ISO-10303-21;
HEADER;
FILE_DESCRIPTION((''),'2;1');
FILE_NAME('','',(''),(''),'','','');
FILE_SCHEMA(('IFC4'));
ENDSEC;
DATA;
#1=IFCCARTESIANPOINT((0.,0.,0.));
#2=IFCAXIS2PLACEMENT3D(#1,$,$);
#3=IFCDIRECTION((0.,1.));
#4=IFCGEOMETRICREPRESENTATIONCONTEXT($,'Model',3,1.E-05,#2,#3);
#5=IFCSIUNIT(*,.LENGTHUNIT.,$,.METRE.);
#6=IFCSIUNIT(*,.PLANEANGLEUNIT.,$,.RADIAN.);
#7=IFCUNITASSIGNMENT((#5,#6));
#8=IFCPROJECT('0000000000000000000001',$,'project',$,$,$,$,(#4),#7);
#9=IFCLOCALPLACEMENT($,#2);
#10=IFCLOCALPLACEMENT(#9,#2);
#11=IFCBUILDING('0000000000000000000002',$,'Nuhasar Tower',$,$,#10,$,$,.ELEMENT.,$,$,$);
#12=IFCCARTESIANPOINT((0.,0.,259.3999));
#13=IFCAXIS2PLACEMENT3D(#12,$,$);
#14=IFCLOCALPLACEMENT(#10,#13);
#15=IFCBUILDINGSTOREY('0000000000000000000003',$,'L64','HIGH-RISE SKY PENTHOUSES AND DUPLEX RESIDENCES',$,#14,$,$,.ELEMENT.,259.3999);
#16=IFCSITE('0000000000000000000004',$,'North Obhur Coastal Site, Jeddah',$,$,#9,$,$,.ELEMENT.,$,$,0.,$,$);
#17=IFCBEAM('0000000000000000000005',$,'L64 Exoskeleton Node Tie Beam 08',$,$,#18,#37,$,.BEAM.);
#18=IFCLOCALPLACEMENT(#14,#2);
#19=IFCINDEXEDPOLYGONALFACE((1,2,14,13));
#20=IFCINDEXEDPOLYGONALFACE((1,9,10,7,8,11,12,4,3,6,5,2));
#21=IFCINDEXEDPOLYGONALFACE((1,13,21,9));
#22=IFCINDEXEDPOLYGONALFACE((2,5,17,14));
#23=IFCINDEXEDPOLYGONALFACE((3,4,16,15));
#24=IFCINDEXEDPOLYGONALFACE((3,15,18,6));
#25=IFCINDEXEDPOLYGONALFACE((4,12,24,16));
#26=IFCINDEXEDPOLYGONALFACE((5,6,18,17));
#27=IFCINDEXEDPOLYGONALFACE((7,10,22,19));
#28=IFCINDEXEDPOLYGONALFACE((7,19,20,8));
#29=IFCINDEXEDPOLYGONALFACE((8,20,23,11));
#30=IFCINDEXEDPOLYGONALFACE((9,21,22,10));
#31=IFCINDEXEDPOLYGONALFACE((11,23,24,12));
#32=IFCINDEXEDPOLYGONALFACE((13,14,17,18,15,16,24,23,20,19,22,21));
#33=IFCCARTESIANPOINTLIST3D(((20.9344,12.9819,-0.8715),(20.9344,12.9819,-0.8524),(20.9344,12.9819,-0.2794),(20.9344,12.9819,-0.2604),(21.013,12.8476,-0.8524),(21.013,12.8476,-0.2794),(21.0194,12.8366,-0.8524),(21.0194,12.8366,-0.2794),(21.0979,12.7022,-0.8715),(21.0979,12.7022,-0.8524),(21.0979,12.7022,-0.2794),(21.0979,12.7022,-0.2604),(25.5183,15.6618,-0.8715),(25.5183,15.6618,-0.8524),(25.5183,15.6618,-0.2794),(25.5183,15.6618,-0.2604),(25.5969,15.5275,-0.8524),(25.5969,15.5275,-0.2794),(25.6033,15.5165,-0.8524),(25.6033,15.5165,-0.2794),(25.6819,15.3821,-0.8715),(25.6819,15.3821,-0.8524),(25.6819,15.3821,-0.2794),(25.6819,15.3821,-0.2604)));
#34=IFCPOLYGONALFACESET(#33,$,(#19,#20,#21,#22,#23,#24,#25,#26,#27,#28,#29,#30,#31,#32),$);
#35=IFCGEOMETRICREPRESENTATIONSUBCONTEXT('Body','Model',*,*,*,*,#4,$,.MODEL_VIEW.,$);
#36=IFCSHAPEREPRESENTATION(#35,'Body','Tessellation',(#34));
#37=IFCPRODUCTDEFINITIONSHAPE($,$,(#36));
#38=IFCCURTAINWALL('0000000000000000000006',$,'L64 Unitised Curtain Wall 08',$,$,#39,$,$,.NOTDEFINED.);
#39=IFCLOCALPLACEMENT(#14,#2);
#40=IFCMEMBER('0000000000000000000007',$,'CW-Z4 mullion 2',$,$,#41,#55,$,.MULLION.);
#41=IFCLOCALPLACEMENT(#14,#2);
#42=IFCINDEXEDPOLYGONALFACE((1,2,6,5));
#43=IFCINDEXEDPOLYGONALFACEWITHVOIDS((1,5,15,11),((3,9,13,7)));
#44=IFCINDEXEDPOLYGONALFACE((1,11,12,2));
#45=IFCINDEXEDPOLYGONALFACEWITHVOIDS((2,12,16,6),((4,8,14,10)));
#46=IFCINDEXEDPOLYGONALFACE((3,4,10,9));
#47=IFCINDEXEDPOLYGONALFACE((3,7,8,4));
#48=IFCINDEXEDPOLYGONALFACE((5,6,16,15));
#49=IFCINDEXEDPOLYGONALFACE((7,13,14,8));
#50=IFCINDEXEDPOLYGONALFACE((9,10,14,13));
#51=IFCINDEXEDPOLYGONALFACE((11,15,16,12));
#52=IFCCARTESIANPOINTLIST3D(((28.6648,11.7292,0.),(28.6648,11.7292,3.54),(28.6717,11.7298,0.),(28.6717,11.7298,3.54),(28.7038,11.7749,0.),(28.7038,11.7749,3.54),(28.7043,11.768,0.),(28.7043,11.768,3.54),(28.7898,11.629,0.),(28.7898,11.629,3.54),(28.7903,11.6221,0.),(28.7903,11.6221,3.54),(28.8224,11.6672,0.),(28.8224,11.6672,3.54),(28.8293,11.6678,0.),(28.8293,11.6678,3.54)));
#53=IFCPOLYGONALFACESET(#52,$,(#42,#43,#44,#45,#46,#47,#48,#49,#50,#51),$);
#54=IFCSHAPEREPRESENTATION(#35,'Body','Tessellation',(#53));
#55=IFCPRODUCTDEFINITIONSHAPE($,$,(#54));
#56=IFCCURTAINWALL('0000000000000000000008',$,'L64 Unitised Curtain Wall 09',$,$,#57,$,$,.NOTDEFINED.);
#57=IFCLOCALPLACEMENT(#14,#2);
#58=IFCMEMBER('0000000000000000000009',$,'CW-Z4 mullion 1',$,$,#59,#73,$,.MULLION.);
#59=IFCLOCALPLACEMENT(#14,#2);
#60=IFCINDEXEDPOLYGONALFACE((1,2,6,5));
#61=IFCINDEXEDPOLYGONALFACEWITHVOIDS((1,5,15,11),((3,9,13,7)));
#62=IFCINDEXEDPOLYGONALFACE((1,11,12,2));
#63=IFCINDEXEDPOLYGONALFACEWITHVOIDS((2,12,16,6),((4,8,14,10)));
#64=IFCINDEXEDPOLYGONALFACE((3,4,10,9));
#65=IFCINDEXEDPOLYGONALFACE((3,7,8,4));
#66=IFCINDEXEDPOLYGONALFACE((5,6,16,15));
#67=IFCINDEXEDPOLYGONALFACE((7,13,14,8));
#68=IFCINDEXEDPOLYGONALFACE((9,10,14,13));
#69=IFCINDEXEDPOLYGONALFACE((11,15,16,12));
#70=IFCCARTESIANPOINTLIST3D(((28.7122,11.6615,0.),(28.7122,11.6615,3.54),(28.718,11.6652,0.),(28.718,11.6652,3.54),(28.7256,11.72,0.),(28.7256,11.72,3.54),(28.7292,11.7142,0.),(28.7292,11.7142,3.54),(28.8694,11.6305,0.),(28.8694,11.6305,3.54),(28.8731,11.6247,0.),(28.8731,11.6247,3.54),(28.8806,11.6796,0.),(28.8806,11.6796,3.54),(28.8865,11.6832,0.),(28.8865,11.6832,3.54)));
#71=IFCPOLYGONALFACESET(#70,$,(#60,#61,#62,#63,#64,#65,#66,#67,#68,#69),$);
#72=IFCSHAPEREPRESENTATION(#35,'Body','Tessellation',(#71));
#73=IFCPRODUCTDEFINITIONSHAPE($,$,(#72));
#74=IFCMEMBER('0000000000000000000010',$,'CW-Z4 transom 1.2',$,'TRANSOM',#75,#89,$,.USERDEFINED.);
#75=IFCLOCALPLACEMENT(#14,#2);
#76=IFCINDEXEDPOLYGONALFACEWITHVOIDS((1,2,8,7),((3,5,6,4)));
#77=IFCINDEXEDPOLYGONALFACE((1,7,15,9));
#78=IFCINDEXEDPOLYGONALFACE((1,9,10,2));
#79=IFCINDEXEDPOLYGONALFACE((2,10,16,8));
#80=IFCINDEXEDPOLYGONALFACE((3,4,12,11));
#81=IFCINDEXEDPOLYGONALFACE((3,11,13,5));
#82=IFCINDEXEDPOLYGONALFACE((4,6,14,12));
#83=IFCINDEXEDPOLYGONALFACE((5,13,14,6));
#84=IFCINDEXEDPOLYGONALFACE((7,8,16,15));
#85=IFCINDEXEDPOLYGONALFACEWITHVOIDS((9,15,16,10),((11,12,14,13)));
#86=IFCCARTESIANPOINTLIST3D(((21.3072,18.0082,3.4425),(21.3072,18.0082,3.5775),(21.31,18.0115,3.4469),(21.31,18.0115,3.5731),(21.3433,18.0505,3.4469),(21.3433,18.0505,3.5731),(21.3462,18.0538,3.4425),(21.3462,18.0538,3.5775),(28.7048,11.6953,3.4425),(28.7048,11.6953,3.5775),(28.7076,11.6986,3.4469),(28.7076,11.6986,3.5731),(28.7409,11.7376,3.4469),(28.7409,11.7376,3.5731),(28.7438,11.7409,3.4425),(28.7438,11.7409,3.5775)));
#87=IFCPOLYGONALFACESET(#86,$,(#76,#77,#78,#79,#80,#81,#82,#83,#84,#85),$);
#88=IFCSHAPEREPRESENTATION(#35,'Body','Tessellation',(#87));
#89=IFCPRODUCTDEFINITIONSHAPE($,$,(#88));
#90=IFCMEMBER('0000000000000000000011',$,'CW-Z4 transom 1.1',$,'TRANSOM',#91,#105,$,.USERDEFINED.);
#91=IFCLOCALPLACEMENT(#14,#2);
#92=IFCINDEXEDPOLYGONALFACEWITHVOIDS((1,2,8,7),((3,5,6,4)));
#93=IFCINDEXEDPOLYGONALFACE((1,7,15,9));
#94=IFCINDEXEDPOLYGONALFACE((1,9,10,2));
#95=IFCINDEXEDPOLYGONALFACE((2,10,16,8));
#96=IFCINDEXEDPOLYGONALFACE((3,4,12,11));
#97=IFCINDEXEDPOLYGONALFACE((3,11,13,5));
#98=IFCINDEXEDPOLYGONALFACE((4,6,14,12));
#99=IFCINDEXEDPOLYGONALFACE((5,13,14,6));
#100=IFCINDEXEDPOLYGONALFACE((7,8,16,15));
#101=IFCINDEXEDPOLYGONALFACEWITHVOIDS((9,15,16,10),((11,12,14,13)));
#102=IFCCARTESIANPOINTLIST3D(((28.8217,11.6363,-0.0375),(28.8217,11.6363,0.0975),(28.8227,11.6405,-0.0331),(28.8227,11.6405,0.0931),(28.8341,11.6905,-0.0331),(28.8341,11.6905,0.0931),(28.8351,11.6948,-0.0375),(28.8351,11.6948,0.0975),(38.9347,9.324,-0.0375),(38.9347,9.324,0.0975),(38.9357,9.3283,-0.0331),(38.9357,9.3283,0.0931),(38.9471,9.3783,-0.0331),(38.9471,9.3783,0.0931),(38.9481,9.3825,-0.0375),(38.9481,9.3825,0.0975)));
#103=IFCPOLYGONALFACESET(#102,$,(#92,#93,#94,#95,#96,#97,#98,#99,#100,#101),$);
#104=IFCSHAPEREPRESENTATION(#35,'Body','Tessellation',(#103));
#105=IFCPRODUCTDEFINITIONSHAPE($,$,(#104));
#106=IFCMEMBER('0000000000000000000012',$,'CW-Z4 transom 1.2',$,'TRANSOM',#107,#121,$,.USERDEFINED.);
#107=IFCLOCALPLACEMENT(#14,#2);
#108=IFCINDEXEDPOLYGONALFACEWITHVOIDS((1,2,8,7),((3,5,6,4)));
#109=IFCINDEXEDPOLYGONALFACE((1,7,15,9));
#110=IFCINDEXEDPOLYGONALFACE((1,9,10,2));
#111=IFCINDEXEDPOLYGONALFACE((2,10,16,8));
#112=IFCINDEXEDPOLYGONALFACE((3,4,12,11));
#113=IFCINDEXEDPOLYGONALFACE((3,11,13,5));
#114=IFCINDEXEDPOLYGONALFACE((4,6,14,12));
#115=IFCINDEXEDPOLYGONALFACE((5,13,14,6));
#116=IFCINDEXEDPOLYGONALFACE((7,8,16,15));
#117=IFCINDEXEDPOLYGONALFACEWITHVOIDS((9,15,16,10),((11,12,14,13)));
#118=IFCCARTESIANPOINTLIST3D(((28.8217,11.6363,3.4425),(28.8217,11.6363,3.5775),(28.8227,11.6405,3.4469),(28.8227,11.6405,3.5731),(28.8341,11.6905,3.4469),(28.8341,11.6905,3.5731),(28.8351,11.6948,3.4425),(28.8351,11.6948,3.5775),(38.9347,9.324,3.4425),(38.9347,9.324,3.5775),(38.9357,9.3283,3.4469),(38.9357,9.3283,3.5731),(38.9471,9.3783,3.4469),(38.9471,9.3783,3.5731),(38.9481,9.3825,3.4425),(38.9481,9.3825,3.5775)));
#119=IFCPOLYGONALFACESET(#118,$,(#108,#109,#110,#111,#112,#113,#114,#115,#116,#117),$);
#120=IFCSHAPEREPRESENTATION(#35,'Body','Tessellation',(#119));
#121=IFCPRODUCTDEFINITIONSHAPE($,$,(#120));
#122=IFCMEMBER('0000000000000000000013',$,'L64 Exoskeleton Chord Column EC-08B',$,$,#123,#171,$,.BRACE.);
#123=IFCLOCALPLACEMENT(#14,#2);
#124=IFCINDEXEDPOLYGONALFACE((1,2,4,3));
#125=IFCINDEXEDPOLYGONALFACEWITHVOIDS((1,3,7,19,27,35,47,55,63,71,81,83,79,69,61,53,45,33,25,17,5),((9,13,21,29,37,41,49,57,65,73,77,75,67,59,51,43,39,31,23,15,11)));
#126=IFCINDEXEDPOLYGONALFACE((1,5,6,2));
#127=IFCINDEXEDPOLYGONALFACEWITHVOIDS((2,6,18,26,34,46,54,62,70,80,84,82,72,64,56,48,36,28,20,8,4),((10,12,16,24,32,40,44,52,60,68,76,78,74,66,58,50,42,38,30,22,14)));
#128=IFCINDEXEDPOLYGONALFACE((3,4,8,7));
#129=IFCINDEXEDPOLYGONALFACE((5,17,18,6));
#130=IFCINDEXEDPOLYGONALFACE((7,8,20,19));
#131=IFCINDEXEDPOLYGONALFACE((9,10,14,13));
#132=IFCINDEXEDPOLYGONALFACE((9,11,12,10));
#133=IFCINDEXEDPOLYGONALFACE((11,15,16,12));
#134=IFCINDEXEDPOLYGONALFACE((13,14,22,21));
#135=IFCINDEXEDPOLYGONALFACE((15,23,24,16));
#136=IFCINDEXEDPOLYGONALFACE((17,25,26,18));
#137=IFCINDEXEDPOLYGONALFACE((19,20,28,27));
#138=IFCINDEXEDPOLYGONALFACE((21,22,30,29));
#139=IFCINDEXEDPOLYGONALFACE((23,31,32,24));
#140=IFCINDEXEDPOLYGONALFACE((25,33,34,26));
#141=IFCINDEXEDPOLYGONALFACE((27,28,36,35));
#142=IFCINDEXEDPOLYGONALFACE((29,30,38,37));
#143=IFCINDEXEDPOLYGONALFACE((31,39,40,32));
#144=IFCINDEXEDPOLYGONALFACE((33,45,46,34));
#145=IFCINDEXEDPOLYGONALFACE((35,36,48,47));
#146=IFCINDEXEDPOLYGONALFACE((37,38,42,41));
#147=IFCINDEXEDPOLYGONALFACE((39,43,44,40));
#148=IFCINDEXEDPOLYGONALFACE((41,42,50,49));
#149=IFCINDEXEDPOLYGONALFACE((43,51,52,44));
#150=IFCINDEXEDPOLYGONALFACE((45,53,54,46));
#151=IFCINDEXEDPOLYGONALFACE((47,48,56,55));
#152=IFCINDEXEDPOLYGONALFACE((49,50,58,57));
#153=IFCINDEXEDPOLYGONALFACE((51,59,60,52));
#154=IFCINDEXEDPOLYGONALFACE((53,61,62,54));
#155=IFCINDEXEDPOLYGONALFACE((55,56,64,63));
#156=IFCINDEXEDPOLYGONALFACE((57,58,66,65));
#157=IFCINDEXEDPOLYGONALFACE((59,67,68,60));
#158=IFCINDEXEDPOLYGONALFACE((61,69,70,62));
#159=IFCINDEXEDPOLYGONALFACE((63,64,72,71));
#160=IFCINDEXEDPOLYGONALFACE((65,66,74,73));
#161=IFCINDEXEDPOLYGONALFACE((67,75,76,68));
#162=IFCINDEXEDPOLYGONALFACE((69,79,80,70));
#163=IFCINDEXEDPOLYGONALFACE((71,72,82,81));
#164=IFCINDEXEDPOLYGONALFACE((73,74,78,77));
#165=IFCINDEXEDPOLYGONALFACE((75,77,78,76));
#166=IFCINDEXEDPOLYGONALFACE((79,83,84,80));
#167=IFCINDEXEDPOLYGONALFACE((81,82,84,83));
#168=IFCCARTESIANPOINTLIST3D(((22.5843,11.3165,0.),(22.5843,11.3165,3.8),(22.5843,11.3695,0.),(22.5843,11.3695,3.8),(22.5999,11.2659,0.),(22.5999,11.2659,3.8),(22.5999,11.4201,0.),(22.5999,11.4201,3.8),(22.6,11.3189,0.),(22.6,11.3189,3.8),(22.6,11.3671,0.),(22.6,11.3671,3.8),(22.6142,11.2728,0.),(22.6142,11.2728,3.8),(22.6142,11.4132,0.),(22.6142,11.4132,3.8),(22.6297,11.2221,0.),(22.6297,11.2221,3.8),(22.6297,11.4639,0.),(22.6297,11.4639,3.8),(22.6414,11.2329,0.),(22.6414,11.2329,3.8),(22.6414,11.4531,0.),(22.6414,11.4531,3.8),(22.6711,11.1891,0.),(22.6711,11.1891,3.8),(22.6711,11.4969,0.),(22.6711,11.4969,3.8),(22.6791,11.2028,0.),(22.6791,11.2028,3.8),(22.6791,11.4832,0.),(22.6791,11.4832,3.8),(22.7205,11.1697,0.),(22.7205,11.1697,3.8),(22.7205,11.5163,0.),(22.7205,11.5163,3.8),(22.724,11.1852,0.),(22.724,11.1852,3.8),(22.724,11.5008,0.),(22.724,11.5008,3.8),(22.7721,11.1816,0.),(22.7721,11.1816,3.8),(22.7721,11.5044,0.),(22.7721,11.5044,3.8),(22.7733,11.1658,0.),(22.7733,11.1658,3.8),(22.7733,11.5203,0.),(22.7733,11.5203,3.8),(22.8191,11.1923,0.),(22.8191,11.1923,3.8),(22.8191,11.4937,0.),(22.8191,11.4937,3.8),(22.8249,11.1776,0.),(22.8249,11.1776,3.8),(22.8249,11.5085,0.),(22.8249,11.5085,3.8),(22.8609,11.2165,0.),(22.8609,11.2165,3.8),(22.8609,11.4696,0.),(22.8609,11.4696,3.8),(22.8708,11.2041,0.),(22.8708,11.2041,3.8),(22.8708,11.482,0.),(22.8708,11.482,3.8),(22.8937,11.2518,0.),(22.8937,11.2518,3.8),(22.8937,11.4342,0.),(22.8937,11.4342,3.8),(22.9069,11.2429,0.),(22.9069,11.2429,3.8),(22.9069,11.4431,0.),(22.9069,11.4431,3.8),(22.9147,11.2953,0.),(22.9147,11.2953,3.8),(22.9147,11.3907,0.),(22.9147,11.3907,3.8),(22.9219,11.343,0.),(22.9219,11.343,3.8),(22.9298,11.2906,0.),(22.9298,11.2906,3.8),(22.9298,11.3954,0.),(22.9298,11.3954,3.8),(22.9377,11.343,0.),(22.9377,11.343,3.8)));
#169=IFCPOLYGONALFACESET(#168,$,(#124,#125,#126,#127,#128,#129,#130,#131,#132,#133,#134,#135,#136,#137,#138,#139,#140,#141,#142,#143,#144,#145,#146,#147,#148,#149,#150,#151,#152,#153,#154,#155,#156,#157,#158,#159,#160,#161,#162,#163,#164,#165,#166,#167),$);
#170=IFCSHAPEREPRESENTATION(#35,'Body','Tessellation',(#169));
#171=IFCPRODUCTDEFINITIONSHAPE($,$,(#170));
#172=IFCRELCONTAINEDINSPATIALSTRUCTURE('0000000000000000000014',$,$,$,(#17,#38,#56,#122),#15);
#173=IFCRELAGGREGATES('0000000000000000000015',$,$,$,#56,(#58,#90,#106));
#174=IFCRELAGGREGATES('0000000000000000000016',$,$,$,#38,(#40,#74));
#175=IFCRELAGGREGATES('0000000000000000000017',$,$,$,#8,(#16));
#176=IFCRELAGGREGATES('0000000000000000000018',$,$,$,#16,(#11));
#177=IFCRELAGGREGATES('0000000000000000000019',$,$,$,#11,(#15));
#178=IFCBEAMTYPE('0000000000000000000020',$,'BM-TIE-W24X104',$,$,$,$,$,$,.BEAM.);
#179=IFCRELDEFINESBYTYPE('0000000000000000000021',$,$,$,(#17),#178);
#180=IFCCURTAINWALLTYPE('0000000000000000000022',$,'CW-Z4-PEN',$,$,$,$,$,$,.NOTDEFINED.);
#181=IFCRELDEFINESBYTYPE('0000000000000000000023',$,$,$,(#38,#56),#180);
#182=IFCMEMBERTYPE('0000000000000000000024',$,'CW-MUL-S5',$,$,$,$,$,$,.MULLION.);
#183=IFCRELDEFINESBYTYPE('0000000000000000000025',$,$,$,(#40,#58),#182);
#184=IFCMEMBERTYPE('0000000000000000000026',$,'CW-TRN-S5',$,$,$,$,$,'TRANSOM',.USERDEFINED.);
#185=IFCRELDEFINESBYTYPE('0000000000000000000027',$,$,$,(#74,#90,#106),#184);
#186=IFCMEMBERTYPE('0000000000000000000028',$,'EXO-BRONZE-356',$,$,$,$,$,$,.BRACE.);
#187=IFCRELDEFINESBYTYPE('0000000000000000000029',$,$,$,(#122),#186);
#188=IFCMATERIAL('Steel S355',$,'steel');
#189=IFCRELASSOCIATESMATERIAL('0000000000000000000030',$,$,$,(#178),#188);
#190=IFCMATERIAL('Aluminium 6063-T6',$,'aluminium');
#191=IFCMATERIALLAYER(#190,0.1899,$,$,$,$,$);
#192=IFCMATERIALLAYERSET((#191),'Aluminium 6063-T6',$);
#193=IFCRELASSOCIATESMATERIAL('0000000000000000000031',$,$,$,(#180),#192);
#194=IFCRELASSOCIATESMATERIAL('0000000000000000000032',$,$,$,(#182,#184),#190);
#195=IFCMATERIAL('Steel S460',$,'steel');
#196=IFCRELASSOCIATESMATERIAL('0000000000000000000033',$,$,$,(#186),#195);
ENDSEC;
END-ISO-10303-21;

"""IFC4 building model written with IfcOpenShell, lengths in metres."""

from ifc_helpers import new_model, si_unit, direction, frame, origin, origin_2d, place, context, subcontext, project, spatial, hollow_rectangle, hollow_circle, i_section, extrude, material, layer, layer_set, material_profile, profile_set, type_object, element, aggregate, save


model = new_model("IFC4")

# Units and contexts
model_context = context("Model", 3, precision=1e-05, world=origin(), true_north=direction((0.0, 1.0)))
body_context = subcontext(model_context, "Body", "Model", "MODEL_VIEW")
ifc_project = project(units=[si_unit("LENGTHUNIT", "METRE"), si_unit("PLANEANGLEUNIT", "RADIAN")], contexts=[model_context])

# Site, building, storey
site_placement = place(None, origin())
site = spatial("IfcSite", under=ifc_project, at=site_placement, Name="North Obhur Coastal Site, Jeddah", CompositionType="ELEMENT", RefElevation=0.0)
building_placement = place(site_placement, origin())
building = spatial("IfcBuilding", under=site, at=building_placement, Name="Nuhasar Tower", CompositionType="ELEMENT")
storey_placement = place(building_placement, frame((0.0, 0.0, 259.3999)))
storey = spatial("IfcBuildingStorey", under=building, at=storey_placement, Name="L64", Description="HIGH-RISE SKY PENTHOUSES AND DUPLEX RESIDENCES", CompositionType="ELEMENT", Elevation=259.3999)

# Beam
ifc_material_1 = material(Name="Steel S355", Category="steel")
ifc_material_profile_1 = material_profile(ifc_material_1, i_section(OverallWidth=0.324, OverallDepth=0.6111, WebThickness=0.0127, FlangeThickness=0.019, at=origin_2d()), Name="W24X104")
ifc_profile_set_1 = profile_set([ifc_material_profile_1], Name="Steel S355")
beam_type_1 = type_object("IfcBeamType", Name="BM-TIE-W24X104", PredefinedType="BEAM", material=ifc_profile_set_1)
beam_1_placement = place(storey_placement, frame((25.6001, 15.522, -0.5659), z_axis=(-0.863292, -0.504706, 0.0), x_axis=(0.504706, -0.863292, 0.0)))
element("IfcBeam", 1, at=beam_1_placement, inside=storey, type_object=beam_type_1, Name="L64 Exoskeleton Node Tie Beam 08", PredefinedType="BEAM", context=body_context, shape_type="SweptSolid", body=[
    extrude(i_section(OverallWidth=0.324, OverallDepth=0.6111, WebThickness=0.0127, FlangeThickness=0.019, at=origin_2d()), origin(), (0.0, 0.0, 1.0), 5.3098),
])

# Curtain walls, members
ifc_material_2 = material(Name="Aluminium 6063-T6", Category="aluminium")
ifc_layer_1 = layer(ifc_material_2, 0.1899)
ifc_layer_set_1 = layer_set([ifc_layer_1], Name="Aluminium 6063-T6")
curtain_wall_type = type_object("IfcCurtainWallType", Name="CW-Z4-PEN", PredefinedType="NOTDEFINED", material=ifc_layer_set_1)
curtain_wall_1_placement = place(storey_placement, origin())
curtain_wall_1 = element("IfcCurtainWall", 2, at=curtain_wall_1_placement, inside=storey, type_object=curtain_wall_type, Name="L64 Unitised Curtain Wall 08", PredefinedType="NOTDEFINED")
ifc_material_profile_2 = material_profile(ifc_material_2, hollow_rectangle(XDim=0.0601, YDim=0.165, WallThickness=0.0049, at=origin_2d()), Name="CWM-5")
ifc_profile_set_2 = profile_set([ifc_material_profile_2], Name="Aluminium 6063-T6")
member_type_1 = type_object("IfcMemberType", Name="CW-MUL-S5", PredefinedType="MULLION", material=ifc_profile_set_2)
member_1_placement = place(storey_placement, frame((28.7471, 11.6985, 0.0), z_axis=(0.0, 0.0, 1.0), x_axis=(0.649142, 0.760667, 0.0)))
member_1 = element("IfcMember", 3, at=member_1_placement, type_object=member_type_1, Name="CW-Z4 mullion 2", PredefinedType="MULLION", context=body_context, shape_type="SweptSolid", body=[
    extrude(hollow_rectangle(XDim=0.0601, YDim=0.165, WallThickness=0.0049, at=origin_2d()), origin(), (0.0, 0.0, 1.0), 3.54),
])
curtain_wall_2_placement = place(storey_placement, origin())
curtain_wall_2 = element("IfcCurtainWall", 4, at=curtain_wall_2_placement, inside=storey, type_object=curtain_wall_type, Name="L64 Unitised Curtain Wall 09", PredefinedType="NOTDEFINED")
member_2_placement = place(storey_placement, frame((28.7993, 11.6724, 0.0), z_axis=(0.0, 0.0, 1.0), x_axis=(0.222889, 0.974844, 0.0)))
member_2 = element("IfcMember", 5, at=member_2_placement, type_object=member_type_1, Name="CW-Z4 mullion 1", PredefinedType="MULLION", context=body_context, shape_type="SweptSolid", body=[
    extrude(hollow_rectangle(XDim=0.0601, YDim=0.165, WallThickness=0.0049, at=origin_2d()), origin(), (0.0, 0.0, 1.0), 3.54),
])

# Members
ifc_material_profile_3 = material_profile(ifc_material_2, hollow_rectangle(XDim=0.0601, YDim=0.135, WallThickness=0.0044, at=origin_2d()), Name="CWT-5")
ifc_profile_set_3 = profile_set([ifc_material_profile_3], Name="Aluminium 6063-T6")
member_type_2 = type_object("IfcMemberType", Name="CW-TRN-S5", ElementType="TRANSOM", PredefinedType="USERDEFINED", material=ifc_profile_set_3)
member_3_placement = place(storey_placement, frame((21.3267, 18.031, 3.51), z_axis=(0.760672, -0.649136, 0.0), x_axis=(0.649136, 0.760672, 0.0)))
member_3 = element("IfcMember", 6, at=member_3_placement, type_object=member_type_2, Name="CW-Z4 transom 1.2", ObjectType="TRANSOM", PredefinedType="USERDEFINED", context=body_context, shape_type="SweptSolid", body=[
    extrude(hollow_rectangle(XDim=0.0601, YDim=0.135, WallThickness=0.0044, at=origin_2d()), origin(), (0.0, 0.0, 1.0), 9.7251),
])
member_4_placement = place(storey_placement, frame((28.8284, 11.6655, 0.03), z_axis=(0.974844, -0.222889, 0.0), x_axis=(0.222889, 0.974844, 0.0)))
member_4 = element("IfcMember", 7, at=member_4_placement, type_object=member_type_2, Name="CW-Z4 transom 1.1", ObjectType="TRANSOM", PredefinedType="USERDEFINED", context=body_context, shape_type="SweptSolid", body=[
    extrude(hollow_rectangle(XDim=0.0601, YDim=0.135, WallThickness=0.0044, at=origin_2d()), origin(), (0.0, 0.0, 1.0), 10.374),
])
member_5_placement = place(storey_placement, frame((28.8284, 11.6655, 3.51), z_axis=(0.974844, -0.222889, 0.0), x_axis=(0.222889, 0.974844, 0.0)))
member_5 = element("IfcMember", 8, at=member_5_placement, type_object=member_type_2, Name="CW-Z4 transom 1.2", ObjectType="TRANSOM", PredefinedType="USERDEFINED", context=body_context, shape_type="SweptSolid", body=[
    extrude(hollow_rectangle(XDim=0.0601, YDim=0.135, WallThickness=0.0044, at=origin_2d()), origin(), (0.0, 0.0, 1.0), 10.374),
])
aggregate(curtain_wall_2, [member_2, member_4, member_5])

# Member
ifc_material_3 = material(Name="Steel S460", Category="steel")
ifc_material_profile_4 = material_profile(ifc_material_3, hollow_circle(Radius=0.1777, WallThickness=0.0159, at=origin_2d()), Name="HSS355.6X15.9")
ifc_profile_set_4 = profile_set([ifc_material_profile_4], Name="Steel S460")
member_type_3 = type_object("IfcMemberType", Name="EXO-BRONZE-356", PredefinedType="BRACE", material=ifc_profile_set_4)
member_6_placement = place(storey_placement, frame((22.76, 11.343, 0.0), z_axis=(0.0, 0.0, 1.0), x_axis=(1.0, 0.0, 0.0)))
element("IfcMember", 9, at=member_6_placement, inside=storey, type_object=member_type_3, Name="L64 Exoskeleton Chord Column EC-08B", PredefinedType="BRACE", context=body_context, shape_type="SweptSolid", body=[
    extrude(hollow_circle(Radius=0.1777, WallThickness=0.0159, at=origin_2d()), origin(), (0.0, 0.0, 1.0), 3.8),
])

aggregate(curtain_wall_1, [member_1, member_3])

save(model, "model.ifc")
